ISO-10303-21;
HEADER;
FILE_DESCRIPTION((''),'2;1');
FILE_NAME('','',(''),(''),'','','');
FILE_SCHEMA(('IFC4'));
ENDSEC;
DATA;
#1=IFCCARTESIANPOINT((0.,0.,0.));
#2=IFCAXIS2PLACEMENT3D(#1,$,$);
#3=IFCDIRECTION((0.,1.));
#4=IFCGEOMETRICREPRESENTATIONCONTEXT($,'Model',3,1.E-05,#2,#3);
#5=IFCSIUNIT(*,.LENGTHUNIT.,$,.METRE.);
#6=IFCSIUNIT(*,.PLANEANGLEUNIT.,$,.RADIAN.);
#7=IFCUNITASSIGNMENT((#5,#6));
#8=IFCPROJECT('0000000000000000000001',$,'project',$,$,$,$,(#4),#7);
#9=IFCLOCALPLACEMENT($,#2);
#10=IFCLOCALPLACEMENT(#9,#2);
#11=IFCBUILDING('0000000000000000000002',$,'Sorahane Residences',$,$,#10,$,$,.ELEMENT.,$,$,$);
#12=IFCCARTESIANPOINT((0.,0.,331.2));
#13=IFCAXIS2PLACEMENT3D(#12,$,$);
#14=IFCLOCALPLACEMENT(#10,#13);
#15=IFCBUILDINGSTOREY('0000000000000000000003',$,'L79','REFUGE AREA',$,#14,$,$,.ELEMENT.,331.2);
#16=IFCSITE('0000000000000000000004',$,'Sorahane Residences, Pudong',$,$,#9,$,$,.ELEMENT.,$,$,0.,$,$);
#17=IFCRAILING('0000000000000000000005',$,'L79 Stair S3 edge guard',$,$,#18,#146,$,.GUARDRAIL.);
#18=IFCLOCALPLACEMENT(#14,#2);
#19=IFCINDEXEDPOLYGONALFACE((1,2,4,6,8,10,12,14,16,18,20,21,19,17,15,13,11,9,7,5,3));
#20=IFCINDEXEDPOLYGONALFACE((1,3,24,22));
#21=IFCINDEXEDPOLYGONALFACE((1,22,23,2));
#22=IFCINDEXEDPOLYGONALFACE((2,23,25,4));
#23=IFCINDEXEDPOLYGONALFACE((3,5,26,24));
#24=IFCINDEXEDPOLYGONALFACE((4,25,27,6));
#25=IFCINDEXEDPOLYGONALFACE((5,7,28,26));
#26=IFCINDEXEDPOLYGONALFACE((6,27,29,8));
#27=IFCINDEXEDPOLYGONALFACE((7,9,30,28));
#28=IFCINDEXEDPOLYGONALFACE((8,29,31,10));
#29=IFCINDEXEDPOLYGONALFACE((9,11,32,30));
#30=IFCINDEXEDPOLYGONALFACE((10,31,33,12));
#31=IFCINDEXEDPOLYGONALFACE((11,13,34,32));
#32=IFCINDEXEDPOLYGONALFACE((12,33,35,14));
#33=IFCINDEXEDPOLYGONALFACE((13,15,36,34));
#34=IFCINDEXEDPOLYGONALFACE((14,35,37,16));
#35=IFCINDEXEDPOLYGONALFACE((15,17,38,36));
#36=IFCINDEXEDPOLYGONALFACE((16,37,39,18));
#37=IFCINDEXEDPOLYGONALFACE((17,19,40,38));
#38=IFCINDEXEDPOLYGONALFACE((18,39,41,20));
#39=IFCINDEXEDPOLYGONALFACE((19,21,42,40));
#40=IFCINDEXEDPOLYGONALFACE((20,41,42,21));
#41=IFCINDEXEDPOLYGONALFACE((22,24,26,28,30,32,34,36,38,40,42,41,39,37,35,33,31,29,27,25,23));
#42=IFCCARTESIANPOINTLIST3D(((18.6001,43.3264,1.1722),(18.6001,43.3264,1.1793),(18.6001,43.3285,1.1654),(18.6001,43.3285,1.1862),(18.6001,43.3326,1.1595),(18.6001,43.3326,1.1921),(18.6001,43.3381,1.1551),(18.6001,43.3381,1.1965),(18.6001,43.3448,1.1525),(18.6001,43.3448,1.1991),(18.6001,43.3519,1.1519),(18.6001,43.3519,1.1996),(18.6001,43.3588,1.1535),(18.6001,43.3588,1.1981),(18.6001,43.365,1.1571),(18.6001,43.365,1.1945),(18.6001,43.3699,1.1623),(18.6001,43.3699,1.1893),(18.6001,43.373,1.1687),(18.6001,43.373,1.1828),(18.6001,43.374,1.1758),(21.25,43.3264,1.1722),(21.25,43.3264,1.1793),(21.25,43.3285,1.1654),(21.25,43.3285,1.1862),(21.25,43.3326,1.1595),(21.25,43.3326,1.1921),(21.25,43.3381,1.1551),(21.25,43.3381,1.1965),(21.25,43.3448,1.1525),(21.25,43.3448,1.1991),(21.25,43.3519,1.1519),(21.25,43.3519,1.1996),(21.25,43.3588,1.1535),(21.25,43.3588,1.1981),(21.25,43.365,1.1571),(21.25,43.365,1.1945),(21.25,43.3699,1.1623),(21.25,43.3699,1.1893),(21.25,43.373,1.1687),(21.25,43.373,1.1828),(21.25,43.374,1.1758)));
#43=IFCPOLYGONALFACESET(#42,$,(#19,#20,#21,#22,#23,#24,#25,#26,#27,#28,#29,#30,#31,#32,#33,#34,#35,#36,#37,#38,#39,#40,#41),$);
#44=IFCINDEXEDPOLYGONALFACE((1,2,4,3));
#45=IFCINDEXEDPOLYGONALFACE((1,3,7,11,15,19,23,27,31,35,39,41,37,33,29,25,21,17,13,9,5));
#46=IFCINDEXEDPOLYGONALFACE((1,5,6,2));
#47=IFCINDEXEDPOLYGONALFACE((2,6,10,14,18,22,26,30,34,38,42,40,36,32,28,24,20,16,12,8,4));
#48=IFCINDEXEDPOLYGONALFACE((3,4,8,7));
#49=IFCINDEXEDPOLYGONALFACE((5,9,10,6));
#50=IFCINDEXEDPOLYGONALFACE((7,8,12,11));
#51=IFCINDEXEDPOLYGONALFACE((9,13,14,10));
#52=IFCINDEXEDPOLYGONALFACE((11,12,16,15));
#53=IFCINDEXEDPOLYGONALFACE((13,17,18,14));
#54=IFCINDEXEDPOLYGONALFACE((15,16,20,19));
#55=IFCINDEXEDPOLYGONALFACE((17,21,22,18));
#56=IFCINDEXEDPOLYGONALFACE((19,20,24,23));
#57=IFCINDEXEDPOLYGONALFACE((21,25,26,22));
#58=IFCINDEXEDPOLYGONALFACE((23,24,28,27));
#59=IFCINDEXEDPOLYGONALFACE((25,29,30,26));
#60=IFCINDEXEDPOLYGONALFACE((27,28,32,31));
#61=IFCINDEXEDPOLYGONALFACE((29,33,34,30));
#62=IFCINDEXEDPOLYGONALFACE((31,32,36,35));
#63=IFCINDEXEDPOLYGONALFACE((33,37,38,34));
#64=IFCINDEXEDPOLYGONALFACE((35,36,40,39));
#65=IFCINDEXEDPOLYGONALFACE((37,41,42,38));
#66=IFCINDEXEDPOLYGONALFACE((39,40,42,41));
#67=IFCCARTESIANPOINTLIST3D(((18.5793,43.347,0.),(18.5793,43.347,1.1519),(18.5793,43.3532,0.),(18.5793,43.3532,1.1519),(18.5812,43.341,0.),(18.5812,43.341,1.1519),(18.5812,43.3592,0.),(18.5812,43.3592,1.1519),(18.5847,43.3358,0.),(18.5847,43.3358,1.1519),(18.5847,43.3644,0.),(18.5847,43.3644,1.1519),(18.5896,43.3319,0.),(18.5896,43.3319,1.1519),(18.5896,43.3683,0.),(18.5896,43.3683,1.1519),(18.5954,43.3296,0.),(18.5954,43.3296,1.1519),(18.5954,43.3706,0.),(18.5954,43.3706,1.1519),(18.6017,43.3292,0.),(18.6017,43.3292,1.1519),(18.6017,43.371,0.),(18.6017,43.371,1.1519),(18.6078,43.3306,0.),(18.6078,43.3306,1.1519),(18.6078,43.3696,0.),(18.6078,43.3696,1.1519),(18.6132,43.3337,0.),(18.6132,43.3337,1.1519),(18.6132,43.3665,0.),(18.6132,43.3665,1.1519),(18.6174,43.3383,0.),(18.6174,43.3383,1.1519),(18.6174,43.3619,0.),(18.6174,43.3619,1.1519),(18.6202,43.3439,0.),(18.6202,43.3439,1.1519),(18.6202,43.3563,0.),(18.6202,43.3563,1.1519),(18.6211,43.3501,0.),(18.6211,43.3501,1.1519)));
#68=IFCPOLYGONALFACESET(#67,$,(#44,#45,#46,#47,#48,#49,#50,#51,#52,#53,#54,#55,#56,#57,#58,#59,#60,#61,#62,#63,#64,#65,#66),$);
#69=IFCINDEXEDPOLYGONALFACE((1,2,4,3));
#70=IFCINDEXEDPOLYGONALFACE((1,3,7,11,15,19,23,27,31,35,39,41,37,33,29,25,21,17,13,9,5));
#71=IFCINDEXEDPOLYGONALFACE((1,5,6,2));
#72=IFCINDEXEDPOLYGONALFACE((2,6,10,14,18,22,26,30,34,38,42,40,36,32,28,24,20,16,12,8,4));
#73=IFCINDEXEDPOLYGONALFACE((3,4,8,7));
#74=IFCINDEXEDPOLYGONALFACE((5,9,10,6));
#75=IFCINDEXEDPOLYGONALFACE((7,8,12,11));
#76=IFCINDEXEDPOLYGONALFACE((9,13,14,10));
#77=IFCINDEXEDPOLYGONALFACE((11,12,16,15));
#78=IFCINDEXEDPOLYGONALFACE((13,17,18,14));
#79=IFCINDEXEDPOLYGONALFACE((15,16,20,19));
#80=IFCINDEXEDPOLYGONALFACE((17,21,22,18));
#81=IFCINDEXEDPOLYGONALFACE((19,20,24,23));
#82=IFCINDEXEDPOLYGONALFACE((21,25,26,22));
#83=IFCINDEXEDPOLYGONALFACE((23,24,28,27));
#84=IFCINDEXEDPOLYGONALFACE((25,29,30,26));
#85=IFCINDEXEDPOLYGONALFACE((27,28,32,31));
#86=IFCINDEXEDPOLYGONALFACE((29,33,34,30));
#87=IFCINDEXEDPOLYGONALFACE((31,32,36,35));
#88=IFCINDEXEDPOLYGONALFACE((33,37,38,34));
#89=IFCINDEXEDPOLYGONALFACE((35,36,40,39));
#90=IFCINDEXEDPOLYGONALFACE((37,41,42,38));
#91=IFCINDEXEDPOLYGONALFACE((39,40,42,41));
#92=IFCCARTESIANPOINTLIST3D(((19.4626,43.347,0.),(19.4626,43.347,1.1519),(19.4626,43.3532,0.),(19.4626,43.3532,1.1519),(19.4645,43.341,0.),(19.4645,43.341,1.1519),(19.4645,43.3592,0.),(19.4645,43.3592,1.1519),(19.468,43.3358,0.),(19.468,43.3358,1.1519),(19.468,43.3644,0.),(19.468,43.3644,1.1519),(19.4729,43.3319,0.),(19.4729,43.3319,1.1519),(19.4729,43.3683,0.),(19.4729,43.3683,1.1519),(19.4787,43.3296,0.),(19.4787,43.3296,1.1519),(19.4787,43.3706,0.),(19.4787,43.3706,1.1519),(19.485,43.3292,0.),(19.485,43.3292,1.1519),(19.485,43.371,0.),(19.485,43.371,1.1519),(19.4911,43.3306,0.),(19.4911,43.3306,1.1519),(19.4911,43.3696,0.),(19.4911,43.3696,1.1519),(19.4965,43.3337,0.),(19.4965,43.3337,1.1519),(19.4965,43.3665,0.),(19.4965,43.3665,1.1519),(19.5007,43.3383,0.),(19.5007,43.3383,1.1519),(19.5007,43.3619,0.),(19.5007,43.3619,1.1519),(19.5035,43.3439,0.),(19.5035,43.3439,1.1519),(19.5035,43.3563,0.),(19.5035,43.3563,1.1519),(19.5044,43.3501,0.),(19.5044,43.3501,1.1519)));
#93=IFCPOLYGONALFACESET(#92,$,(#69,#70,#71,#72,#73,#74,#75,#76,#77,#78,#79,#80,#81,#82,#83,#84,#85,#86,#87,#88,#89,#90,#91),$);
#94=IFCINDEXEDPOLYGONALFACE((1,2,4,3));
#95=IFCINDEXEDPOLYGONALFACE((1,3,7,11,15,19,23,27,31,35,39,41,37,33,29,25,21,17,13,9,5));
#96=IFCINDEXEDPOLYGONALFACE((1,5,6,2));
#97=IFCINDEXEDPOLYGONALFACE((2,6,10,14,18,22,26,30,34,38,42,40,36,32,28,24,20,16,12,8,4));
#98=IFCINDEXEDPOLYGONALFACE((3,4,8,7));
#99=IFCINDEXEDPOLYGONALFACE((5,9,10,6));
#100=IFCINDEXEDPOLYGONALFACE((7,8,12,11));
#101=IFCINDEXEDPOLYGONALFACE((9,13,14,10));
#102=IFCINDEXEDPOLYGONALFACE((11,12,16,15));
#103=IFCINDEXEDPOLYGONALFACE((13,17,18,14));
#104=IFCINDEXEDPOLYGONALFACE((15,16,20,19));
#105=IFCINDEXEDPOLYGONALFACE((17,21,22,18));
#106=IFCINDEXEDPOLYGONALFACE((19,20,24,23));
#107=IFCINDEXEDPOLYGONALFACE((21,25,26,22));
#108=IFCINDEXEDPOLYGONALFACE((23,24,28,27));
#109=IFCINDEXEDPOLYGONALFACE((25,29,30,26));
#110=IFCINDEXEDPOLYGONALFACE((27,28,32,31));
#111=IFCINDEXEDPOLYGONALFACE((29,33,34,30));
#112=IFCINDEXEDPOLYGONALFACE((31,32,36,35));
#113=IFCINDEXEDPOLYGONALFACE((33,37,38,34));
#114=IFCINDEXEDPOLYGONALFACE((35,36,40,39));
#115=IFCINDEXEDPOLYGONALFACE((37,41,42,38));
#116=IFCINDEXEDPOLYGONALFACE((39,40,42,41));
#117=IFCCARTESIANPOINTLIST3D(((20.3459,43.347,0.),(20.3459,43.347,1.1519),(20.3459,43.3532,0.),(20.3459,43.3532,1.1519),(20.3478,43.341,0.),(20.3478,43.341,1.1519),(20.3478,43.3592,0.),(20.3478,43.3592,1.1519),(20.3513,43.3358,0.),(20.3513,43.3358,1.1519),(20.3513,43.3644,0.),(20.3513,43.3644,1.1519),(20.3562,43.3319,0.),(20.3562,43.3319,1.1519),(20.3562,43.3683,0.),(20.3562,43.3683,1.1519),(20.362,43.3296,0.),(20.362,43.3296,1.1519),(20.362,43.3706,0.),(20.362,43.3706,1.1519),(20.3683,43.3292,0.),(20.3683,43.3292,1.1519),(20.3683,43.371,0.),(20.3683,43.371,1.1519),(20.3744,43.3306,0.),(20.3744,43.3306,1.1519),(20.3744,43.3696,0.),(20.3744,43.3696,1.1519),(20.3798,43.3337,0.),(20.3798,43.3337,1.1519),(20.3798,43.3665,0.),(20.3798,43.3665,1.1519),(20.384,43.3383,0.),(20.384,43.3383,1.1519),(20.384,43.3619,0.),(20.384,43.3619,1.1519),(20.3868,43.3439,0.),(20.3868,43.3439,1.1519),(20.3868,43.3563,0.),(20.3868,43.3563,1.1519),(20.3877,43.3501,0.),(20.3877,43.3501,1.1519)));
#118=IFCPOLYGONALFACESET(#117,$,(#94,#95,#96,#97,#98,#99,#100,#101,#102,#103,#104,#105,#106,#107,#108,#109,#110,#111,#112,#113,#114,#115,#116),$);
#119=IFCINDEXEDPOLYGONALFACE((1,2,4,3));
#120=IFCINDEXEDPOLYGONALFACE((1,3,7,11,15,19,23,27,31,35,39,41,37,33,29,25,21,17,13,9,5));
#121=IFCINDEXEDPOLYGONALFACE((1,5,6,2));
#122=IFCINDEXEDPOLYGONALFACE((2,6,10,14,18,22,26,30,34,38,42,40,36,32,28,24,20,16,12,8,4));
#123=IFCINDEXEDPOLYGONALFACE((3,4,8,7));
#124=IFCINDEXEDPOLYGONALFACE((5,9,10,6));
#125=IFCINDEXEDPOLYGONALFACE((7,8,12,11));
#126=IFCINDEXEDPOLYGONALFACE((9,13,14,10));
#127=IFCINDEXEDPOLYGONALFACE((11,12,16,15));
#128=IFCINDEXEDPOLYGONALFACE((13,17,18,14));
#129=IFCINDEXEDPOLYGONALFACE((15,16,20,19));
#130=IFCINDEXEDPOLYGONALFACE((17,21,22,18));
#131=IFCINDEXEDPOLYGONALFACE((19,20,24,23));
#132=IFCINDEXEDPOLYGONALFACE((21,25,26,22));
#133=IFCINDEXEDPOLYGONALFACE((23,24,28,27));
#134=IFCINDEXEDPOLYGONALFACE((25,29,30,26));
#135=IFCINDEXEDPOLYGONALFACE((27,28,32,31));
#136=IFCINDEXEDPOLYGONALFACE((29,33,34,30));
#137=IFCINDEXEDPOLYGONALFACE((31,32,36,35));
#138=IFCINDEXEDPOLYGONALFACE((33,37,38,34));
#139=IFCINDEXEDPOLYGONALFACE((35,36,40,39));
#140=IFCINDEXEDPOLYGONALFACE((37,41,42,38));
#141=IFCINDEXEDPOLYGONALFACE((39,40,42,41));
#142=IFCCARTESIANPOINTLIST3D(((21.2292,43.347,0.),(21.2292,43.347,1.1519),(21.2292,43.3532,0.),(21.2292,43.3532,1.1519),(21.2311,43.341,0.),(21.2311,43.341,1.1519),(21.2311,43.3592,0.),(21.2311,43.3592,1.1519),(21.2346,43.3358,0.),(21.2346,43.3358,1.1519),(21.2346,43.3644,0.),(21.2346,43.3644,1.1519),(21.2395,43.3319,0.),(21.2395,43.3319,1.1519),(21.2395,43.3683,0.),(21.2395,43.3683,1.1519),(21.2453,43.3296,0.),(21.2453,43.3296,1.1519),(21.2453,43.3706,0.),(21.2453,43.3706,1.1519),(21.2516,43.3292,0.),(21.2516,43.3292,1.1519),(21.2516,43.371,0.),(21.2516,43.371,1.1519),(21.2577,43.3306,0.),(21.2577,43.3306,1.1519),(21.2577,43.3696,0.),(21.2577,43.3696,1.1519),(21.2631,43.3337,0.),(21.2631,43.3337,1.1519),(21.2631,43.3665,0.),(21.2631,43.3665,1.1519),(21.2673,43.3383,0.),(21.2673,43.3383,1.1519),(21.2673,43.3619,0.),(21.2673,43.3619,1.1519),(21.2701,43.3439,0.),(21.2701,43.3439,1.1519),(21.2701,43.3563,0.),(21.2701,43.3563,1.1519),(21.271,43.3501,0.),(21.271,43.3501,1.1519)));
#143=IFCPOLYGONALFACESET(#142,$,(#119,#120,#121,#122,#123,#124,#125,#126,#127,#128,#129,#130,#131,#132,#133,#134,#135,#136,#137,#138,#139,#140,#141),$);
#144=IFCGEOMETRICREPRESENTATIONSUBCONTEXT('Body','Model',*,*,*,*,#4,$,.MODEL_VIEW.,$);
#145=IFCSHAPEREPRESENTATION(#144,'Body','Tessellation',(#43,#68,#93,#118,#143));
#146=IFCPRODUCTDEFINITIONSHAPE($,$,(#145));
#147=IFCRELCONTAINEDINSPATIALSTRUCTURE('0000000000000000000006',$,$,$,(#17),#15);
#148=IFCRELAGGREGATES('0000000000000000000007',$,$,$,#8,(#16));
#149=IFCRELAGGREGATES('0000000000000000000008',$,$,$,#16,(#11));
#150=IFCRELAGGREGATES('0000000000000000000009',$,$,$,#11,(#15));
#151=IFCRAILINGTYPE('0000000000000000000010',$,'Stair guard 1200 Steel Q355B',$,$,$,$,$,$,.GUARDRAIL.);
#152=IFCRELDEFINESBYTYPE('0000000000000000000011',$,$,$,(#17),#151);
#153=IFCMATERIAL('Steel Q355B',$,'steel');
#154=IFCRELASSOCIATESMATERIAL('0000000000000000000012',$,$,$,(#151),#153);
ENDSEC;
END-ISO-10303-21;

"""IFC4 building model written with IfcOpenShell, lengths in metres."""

from ifc_helpers import new_model, si_unit, direction, frame, origin, origin_2d, place, context, subcontext, project, spatial, circle, extrude, material, type_object, element, save


model = new_model("IFC4")

# Units and contexts
model_context = context("Model", 3, precision=1e-05, world=origin(), true_north=direction((0.0, 1.0)))
body_context = subcontext(model_context, "Body", "Model", "MODEL_VIEW")
ifc_project = project(units=[si_unit("LENGTHUNIT", "METRE"), si_unit("PLANEANGLEUNIT", "RADIAN")], contexts=[model_context])

# Site, building, storey
site_placement = place(None, origin())
site = spatial("IfcSite", under=ifc_project, at=site_placement, Name="Sorahane Residences, Pudong", CompositionType="ELEMENT", RefElevation=0.0)
building_placement = place(site_placement, origin())
building = spatial("IfcBuilding", under=site, at=building_placement, Name="Sorahane Residences", CompositionType="ELEMENT")
storey_placement = place(building_placement, frame((0.0, 0.0, 331.2)))
storey = spatial("IfcBuildingStorey", under=building, at=storey_placement, Name="L79", Description="REFUGE AREA", CompositionType="ELEMENT", Elevation=331.2)

# Railing
ifc_material_1 = material(Name="Steel Q355B", Category="steel")
railing_type_1 = type_object("IfcRailingType", Name="Stair guard 1200 Steel Q355B", PredefinedType="GUARDRAIL", material=ifc_material_1)
railing_1_placement = place(storey_placement, frame((18.6001, 43.3501, 0.0)))
element("IfcRailing", 1, at=railing_1_placement, inside=storey, type_object=railing_type_1, Name="L79 Stair S3 edge guard", PredefinedType="GUARDRAIL", context=body_context, shape_type="SweptSolid", body=[
    extrude(circle(Radius=0.0239, at=origin_2d()), frame((0.0, 0.0, 1.1758), z_axis=(1.0, 0.0, 0.0), x_axis=(0.0, 1.0, 0.0)), (0.0, 0.0, 1.0), 2.6499),
    extrude(circle(Radius=0.021, at=origin_2d()), origin(), (0.0, 0.0, 1.0), 1.1519),
    extrude(circle(Radius=0.021, at=origin_2d()), frame((0.8833, 0.0, 0.0)), (0.0, 0.0, 1.0), 1.1519),
    extrude(circle(Radius=0.021, at=origin_2d()), frame((1.7666, 0.0, 0.0)), (0.0, 0.0, 1.0), 1.1519),
    extrude(circle(Radius=0.021, at=origin_2d()), frame((2.6499, 0.0, 0.0)), (0.0, 0.0, 1.0), 1.1519),
])

save(model, "model.ifc")
